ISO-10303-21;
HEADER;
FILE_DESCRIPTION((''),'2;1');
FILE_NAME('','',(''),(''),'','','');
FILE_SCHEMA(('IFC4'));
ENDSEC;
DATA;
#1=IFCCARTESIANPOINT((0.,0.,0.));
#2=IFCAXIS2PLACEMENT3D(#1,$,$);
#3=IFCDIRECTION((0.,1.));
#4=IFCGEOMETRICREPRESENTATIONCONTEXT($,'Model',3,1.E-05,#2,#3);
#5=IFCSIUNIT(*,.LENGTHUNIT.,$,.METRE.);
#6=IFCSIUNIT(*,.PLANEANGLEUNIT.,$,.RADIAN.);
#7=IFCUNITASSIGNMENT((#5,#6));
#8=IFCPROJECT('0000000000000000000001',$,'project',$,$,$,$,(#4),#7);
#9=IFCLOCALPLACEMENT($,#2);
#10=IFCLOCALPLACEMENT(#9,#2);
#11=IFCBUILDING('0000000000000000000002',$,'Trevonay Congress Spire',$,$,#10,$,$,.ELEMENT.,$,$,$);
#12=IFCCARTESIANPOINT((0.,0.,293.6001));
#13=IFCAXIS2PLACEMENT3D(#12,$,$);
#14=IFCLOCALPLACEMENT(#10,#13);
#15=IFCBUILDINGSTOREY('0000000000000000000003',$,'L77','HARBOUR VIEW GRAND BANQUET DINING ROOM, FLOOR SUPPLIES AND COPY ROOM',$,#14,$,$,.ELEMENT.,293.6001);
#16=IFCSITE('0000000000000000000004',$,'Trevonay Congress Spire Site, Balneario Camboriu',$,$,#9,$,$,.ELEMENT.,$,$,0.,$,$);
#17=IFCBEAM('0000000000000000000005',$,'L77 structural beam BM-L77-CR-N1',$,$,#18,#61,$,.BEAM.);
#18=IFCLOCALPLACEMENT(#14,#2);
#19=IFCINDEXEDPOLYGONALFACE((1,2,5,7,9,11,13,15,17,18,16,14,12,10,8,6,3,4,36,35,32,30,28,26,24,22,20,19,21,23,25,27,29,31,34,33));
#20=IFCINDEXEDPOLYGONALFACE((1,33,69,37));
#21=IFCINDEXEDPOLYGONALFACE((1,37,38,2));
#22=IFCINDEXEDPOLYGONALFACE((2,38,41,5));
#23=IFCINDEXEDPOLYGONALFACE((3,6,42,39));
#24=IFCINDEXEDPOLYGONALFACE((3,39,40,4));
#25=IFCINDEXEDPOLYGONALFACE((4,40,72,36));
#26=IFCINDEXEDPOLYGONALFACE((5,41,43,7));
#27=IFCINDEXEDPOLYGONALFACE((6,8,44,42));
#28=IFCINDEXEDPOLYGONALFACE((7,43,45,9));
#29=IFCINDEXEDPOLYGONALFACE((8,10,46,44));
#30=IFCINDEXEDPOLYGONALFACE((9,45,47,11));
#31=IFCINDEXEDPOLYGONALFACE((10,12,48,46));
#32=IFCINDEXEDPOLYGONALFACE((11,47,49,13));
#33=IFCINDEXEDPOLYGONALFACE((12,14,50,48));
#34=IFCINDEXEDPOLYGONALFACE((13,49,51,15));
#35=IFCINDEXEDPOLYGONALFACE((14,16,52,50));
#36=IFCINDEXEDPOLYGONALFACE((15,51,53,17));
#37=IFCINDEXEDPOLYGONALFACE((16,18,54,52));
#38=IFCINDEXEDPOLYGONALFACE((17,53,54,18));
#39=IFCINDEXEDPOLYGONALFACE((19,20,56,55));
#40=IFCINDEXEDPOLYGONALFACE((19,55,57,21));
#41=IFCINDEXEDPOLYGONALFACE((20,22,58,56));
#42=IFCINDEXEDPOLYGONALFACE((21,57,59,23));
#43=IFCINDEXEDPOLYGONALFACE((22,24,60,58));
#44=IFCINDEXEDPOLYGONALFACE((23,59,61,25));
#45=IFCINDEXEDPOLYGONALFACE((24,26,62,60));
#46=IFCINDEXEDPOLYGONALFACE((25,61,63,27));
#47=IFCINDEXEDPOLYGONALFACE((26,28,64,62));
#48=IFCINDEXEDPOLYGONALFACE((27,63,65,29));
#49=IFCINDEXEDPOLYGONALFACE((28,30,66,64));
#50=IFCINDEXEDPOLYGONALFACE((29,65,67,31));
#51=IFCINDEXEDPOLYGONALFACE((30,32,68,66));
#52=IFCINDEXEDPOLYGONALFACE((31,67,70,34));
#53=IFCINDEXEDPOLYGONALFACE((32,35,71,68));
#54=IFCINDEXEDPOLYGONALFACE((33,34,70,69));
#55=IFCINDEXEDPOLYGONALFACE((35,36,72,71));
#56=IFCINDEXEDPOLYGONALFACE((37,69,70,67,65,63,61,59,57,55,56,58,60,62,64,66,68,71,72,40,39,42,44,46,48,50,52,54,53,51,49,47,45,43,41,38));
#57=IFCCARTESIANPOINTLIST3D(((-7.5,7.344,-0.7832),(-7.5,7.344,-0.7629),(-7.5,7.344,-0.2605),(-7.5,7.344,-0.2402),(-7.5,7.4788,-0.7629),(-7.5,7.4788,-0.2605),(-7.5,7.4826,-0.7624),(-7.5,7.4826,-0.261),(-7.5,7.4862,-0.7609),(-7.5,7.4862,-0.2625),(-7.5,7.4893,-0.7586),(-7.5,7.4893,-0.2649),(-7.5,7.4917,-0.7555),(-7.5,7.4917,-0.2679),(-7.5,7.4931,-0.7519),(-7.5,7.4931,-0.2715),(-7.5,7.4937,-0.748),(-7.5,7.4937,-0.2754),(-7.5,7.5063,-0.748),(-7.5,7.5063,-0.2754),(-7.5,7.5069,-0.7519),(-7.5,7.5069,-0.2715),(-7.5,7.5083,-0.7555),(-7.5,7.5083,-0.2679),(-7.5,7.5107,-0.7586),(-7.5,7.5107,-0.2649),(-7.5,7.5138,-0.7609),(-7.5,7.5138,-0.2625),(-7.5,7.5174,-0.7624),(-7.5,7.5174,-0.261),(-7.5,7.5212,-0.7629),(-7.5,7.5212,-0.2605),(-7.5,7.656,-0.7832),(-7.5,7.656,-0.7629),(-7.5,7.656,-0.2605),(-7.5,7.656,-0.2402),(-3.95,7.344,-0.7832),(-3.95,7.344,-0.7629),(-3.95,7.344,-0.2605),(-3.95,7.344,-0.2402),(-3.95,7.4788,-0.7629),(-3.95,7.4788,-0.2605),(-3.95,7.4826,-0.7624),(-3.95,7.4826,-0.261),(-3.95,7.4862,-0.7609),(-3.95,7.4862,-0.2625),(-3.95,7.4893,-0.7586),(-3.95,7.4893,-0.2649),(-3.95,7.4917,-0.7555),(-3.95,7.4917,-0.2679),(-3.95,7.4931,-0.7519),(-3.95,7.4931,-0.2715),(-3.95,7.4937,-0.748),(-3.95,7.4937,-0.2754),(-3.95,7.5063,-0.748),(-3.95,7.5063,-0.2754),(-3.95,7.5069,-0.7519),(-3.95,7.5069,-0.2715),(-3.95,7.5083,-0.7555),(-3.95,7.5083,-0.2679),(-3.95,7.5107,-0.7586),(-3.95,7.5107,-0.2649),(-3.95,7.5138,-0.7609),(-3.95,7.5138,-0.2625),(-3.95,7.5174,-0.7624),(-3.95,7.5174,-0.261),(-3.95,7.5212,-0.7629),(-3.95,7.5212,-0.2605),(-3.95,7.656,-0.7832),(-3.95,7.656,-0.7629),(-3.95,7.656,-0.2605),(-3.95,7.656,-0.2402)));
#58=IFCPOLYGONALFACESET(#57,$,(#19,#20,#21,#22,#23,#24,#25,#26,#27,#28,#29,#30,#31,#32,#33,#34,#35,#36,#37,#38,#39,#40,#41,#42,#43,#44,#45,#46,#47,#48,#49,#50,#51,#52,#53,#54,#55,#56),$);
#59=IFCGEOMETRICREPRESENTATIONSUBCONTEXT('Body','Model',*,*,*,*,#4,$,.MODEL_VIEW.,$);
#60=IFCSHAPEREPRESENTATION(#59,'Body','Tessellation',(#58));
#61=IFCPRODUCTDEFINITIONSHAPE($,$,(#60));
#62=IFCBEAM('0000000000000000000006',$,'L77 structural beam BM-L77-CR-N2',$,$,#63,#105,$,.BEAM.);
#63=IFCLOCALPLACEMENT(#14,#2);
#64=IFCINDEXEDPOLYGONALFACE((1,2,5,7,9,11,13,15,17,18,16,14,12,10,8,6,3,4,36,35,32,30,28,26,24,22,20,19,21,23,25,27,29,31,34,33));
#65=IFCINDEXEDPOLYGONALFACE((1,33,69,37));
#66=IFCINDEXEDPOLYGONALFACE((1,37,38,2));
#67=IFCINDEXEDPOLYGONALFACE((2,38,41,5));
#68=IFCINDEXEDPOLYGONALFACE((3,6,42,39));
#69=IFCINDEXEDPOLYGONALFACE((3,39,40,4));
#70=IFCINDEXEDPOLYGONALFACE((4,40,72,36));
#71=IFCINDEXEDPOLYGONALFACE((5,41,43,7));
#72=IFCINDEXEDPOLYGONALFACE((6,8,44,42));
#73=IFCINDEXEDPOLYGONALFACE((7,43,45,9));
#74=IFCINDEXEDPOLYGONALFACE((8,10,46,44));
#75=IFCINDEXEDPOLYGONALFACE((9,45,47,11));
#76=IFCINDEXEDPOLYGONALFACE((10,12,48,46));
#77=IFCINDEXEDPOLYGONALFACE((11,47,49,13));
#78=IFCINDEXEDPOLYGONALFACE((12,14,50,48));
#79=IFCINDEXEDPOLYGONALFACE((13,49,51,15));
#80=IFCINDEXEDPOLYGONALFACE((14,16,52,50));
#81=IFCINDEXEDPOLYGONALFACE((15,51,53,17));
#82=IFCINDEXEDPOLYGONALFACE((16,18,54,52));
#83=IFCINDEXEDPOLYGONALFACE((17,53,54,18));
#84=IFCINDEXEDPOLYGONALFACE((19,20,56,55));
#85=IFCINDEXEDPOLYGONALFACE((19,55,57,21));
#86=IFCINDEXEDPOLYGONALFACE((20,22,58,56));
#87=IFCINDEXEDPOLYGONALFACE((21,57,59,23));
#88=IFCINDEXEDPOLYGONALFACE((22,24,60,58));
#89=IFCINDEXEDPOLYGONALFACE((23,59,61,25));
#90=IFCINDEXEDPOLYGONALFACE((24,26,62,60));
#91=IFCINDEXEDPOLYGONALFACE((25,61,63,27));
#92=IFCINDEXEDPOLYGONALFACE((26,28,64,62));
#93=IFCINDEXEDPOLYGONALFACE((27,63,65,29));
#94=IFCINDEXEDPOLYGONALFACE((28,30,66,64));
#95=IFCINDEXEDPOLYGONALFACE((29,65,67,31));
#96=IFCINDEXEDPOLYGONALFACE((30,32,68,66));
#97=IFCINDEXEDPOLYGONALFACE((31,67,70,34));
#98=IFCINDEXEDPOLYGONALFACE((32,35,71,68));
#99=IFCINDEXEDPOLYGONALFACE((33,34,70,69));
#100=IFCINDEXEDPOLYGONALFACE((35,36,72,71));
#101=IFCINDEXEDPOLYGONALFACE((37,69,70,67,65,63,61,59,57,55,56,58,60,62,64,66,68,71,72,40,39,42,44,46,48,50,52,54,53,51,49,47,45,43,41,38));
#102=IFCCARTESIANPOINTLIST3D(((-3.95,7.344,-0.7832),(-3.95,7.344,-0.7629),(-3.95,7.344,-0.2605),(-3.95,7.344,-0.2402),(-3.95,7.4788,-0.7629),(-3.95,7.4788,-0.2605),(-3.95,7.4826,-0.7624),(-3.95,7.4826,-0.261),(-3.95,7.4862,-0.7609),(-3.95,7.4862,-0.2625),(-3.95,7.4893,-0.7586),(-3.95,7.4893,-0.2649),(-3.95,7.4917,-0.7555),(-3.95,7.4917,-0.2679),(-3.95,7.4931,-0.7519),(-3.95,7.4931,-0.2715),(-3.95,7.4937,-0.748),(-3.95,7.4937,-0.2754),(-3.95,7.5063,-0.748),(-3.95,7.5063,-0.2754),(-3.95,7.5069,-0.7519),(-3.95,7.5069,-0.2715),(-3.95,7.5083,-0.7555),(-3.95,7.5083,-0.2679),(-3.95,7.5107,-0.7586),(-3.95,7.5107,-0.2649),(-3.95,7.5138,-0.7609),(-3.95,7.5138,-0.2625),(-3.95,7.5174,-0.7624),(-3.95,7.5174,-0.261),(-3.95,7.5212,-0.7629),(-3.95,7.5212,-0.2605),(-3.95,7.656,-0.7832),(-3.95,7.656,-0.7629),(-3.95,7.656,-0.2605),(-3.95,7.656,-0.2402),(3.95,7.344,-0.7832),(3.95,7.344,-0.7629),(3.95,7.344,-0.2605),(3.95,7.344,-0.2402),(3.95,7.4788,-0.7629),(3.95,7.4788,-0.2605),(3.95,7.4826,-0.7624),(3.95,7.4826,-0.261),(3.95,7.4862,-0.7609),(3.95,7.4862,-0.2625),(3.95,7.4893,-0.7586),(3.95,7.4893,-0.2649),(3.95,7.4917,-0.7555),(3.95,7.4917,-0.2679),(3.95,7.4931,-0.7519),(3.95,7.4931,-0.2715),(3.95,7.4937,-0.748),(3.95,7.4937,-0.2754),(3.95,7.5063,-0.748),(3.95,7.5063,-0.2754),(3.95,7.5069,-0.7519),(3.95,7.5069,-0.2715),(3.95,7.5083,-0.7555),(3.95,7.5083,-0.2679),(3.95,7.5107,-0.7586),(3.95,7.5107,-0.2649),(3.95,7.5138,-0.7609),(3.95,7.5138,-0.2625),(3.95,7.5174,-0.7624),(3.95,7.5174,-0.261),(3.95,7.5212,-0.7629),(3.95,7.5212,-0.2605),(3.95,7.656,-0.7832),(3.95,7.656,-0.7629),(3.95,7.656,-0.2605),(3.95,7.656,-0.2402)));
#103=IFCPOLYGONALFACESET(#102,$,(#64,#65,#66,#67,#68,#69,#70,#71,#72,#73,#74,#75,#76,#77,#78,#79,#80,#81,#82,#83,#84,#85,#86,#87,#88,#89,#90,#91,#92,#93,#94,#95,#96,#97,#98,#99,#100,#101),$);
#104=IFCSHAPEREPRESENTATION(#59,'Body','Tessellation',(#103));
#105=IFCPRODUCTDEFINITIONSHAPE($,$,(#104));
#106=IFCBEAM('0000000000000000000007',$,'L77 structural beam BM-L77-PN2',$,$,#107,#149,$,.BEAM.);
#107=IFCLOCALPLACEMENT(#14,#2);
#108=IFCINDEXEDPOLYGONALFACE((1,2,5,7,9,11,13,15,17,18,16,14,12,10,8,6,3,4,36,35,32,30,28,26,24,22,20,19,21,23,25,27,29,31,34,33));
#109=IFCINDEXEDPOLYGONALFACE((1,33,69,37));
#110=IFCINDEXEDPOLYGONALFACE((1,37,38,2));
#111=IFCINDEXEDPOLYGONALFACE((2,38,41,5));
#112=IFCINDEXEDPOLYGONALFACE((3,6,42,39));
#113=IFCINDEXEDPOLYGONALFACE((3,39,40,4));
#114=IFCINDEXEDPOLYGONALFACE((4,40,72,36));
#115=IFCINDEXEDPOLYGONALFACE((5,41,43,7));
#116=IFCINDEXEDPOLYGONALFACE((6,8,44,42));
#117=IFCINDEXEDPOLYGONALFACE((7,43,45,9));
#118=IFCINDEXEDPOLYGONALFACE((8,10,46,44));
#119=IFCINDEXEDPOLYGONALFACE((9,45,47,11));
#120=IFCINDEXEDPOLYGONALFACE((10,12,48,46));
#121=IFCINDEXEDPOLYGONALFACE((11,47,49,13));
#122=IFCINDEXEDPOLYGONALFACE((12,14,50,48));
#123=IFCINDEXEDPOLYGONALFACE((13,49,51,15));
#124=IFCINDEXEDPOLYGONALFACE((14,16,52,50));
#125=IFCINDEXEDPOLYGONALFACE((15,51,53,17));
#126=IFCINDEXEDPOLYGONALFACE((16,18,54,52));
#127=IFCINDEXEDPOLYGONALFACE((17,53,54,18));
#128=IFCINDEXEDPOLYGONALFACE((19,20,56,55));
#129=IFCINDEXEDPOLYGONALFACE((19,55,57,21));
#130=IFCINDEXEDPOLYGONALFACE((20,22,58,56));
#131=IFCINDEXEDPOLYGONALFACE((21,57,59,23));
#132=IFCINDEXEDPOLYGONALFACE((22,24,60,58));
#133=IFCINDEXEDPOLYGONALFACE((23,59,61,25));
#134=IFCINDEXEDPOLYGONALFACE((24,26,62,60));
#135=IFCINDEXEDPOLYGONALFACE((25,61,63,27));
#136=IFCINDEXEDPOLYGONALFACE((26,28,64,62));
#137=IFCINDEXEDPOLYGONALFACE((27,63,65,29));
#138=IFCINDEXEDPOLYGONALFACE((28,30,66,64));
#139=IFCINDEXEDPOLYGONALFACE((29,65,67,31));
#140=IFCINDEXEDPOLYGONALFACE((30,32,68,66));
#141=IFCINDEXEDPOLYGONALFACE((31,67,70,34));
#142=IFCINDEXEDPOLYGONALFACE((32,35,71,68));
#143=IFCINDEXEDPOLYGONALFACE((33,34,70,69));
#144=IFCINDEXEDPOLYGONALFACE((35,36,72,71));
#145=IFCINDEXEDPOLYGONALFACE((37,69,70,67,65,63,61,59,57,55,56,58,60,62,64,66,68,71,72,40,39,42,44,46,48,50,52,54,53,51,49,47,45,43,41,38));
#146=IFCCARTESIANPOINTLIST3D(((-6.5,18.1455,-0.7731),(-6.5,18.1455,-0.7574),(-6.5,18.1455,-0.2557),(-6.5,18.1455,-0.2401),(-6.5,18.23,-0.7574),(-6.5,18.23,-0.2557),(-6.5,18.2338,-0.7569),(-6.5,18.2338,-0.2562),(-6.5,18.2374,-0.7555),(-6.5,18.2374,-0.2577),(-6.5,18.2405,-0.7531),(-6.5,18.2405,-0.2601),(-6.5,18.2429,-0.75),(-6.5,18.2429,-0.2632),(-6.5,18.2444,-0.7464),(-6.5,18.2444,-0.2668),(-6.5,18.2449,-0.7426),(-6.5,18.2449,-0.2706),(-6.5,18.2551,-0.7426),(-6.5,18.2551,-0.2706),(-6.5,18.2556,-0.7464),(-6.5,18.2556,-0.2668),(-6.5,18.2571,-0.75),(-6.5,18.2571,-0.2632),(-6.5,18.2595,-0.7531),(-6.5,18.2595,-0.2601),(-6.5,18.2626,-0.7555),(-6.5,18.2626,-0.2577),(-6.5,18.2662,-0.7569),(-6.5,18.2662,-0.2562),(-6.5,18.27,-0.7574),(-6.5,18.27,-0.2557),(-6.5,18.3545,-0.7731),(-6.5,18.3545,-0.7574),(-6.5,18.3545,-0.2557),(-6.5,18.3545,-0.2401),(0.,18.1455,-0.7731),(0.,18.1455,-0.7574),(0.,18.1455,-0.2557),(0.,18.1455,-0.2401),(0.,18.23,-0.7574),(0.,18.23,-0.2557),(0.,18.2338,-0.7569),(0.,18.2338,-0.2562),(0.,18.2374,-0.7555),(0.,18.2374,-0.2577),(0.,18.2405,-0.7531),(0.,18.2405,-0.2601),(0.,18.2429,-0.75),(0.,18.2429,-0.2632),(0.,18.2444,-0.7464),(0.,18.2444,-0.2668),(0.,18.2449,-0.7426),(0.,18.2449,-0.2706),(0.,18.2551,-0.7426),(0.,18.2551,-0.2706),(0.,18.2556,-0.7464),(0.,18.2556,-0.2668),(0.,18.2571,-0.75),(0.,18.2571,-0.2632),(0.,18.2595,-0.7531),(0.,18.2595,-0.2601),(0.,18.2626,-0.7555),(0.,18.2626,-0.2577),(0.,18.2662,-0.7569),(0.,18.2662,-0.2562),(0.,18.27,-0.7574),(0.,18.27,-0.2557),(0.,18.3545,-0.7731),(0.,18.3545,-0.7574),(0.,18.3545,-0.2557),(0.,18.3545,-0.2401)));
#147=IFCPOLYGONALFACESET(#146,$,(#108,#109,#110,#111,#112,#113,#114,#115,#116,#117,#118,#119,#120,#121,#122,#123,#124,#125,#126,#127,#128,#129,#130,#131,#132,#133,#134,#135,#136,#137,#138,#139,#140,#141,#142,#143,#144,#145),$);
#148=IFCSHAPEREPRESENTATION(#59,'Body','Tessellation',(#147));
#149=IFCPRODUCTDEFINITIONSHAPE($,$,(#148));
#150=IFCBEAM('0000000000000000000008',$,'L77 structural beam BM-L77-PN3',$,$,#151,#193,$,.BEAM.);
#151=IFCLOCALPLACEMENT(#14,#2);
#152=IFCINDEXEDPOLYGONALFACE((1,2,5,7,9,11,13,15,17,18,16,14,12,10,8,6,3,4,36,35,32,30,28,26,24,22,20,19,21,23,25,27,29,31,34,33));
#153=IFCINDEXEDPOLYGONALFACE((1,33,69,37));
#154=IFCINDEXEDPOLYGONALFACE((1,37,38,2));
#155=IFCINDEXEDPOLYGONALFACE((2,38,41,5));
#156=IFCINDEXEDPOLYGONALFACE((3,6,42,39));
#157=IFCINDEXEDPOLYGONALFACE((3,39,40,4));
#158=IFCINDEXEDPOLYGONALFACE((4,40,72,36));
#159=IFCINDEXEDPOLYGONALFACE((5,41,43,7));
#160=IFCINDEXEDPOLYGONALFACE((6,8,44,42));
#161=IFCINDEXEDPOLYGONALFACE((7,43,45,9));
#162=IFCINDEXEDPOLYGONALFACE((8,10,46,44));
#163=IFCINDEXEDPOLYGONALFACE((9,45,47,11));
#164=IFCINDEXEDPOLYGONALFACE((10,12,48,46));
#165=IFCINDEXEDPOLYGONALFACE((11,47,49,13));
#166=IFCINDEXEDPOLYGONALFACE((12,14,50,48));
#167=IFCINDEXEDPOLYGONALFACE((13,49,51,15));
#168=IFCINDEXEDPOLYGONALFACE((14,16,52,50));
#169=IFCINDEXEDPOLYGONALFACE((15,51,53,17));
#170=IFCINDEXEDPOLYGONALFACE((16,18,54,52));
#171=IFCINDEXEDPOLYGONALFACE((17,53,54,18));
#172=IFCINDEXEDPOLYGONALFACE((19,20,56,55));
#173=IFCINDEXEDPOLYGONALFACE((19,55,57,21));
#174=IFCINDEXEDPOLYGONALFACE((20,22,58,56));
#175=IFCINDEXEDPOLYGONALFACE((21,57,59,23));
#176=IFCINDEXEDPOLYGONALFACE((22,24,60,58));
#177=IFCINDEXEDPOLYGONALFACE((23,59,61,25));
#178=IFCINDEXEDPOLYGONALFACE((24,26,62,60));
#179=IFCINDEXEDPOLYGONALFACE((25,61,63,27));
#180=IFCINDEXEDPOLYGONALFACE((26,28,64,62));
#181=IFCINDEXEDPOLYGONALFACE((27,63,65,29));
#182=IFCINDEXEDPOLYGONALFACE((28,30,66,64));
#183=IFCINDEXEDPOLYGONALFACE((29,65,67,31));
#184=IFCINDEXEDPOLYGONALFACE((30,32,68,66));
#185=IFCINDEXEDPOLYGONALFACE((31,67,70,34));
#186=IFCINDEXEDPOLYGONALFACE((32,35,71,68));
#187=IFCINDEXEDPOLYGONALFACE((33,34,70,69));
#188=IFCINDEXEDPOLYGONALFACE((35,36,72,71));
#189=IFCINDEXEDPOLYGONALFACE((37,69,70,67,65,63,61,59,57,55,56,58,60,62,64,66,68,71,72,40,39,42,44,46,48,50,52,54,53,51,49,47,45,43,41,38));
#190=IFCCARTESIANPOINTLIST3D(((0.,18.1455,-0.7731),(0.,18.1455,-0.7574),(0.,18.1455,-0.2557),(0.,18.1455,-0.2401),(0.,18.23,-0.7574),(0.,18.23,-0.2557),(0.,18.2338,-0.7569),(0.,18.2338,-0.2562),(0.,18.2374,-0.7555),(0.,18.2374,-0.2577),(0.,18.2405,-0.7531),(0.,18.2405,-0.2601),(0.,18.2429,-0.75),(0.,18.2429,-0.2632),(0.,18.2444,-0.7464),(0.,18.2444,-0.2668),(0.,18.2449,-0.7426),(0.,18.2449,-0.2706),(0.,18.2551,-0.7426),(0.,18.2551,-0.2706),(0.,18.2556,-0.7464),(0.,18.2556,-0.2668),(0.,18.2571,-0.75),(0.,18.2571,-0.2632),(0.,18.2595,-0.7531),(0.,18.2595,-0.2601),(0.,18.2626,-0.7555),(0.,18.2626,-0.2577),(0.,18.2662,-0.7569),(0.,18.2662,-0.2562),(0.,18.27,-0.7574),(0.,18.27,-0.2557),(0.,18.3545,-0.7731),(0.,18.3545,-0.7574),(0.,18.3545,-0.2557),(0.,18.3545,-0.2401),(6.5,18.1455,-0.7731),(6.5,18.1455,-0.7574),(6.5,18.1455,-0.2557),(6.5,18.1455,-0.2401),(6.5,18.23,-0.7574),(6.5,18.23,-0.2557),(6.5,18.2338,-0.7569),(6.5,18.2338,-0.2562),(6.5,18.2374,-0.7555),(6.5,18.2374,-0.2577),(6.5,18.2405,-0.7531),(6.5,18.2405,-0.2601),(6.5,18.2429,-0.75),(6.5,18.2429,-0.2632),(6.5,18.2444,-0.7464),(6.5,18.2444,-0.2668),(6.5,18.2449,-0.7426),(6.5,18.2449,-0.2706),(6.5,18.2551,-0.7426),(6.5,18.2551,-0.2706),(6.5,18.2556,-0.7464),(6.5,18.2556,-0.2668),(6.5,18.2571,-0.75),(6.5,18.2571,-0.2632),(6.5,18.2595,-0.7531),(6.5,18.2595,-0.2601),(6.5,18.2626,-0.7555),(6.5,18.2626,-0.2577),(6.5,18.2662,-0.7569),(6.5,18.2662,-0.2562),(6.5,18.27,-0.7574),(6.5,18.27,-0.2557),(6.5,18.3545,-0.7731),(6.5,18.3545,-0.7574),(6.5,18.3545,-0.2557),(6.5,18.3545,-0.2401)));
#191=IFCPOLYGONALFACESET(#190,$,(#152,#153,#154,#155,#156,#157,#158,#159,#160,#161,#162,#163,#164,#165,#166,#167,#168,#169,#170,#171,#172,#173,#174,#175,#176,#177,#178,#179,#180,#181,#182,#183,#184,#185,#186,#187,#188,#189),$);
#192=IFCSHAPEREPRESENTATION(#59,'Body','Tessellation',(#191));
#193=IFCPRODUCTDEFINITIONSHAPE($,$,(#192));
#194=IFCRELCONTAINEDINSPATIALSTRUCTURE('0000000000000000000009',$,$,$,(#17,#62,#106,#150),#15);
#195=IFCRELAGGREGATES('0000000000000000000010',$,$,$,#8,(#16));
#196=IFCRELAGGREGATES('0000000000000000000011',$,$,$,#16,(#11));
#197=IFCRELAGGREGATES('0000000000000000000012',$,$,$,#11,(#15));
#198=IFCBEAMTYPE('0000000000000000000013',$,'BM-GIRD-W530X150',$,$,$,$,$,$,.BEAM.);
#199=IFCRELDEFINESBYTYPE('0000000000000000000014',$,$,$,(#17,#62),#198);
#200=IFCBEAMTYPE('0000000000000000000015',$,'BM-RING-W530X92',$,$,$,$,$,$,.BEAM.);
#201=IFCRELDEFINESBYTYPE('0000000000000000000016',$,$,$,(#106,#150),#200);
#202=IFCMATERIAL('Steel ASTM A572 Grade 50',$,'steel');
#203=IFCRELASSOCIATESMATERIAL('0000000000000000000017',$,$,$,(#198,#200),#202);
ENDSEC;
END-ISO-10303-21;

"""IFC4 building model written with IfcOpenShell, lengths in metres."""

from ifc_helpers import new_model, si_unit, direction, frame, origin, origin_2d, place, context, subcontext, project, spatial, i_section, extrude, material, material_profile, profile_set, type_object, element, save


model = new_model("IFC4")

# Units and contexts
model_context = context("Model", 3, precision=1e-05, world=origin(), true_north=direction((0.0, 1.0)))
body_context = subcontext(model_context, "Body", "Model", "MODEL_VIEW")
ifc_project = project(units=[si_unit("LENGTHUNIT", "METRE"), si_unit("PLANEANGLEUNIT", "RADIAN")], contexts=[model_context])

# Site, building, storey
site_placement = place(None, origin())
site = spatial("IfcSite", under=ifc_project, at=site_placement, Name="Trevonay Congress Spire Site, Balneario Camboriu", CompositionType="ELEMENT", RefElevation=0.0)
building_placement = place(site_placement, origin())
building = spatial("IfcBuilding", under=site, at=building_placement, Name="Trevonay Congress Spire", CompositionType="ELEMENT")
storey_placement = place(building_placement, frame((0.0, 0.0, 293.6001)))
storey = spatial("IfcBuildingStorey", under=building, at=storey_placement, Name="L77", Description="HARBOUR VIEW GRAND BANQUET DINING ROOM, FLOOR SUPPLIES AND COPY ROOM", CompositionType="ELEMENT", Elevation=293.6001)

# Shared definitions
ifc_material_1 = material(Name="Steel ASTM A572 Grade 50", Category="steel")

# Beams
ifc_material_profile_1 = material_profile(ifc_material_1, i_section(OverallWidth=0.312, OverallDepth=0.543, WebThickness=0.0127, FlangeThickness=0.0203, FilletRadius=0.0149, at=origin_2d()), Name="W530x150")
ifc_profile_set_1 = profile_set([ifc_material_profile_1], Name="Steel ASTM A572 Grade 50")
beam_type_1 = type_object("IfcBeamType", Name="BM-GIRD-W530X150", PredefinedType="BEAM", material=ifc_profile_set_1)
beam_1_placement = place(storey_placement, frame((-7.5, 7.5, -0.5117), z_axis=(1.0, 0.0, 0.0), x_axis=(0.0, 1.0, 0.0)))
element("IfcBeam", 1, at=beam_1_placement, inside=storey, type_object=beam_type_1, Name="L77 structural beam BM-L77-CR-N1", PredefinedType="BEAM", context=body_context, shape_type="SweptSolid", body=[
    extrude(i_section(OverallWidth=0.312, OverallDepth=0.543, WebThickness=0.0127, FlangeThickness=0.0203, FilletRadius=0.0149, at=origin_2d()), origin(), (0.0, 0.0, 1.0), 3.55),
])
beam_2_placement = place(storey_placement, frame((-3.95, 7.5, -0.5117), z_axis=(1.0, 0.0, 0.0), x_axis=(0.0, 1.0, 0.0)))
element("IfcBeam", 2, at=beam_2_placement, inside=storey, type_object=beam_type_1, Name="L77 structural beam BM-L77-CR-N2", PredefinedType="BEAM", context=body_context, shape_type="SweptSolid", body=[
    extrude(i_section(OverallWidth=0.312, OverallDepth=0.543, WebThickness=0.0127, FlangeThickness=0.0203, FilletRadius=0.0149, at=origin_2d()), origin(), (0.0, 0.0, 1.0), 7.8999),
])
ifc_material_profile_2 = material_profile(ifc_material_1, i_section(OverallWidth=0.209, OverallDepth=0.533, WebThickness=0.0103, FlangeThickness=0.0156, FilletRadius=0.0149, at=origin_2d()), Name="W530x92")
ifc_profile_set_2 = profile_set([ifc_material_profile_2], Name="Steel ASTM A572 Grade 50")
beam_type_2 = type_object("IfcBeamType", Name="BM-RING-W530X92", PredefinedType="BEAM", material=ifc_profile_set_2)
for number, where, z_axis, x_axis, name in (
    (3, (-6.5, 18.25, -0.5066), (1.0, 0.0, 0.0), (0.0, 1.0, 0.0), "L77 structural beam BM-L77-PN2"),
    (4, (0.0, 18.25, -0.5066), (1.0, 0.0, 0.0), (0.0, 1.0, 0.0), "L77 structural beam BM-L77-PN3"),
):
    element("IfcBeam", number, at=place(storey_placement, frame(where, z_axis=z_axis, x_axis=x_axis)), inside=storey, type_object=beam_type_2, Name=name, PredefinedType="BEAM", context=body_context, shape_type="SweptSolid", body=[
        extrude(i_section(OverallWidth=0.209, OverallDepth=0.533, WebThickness=0.0103, FlangeThickness=0.0156, FilletRadius=0.0149, at=origin_2d()), origin(), (0.0, 0.0, 1.0), 6.5),
    ])

save(model, "model.ifc")
